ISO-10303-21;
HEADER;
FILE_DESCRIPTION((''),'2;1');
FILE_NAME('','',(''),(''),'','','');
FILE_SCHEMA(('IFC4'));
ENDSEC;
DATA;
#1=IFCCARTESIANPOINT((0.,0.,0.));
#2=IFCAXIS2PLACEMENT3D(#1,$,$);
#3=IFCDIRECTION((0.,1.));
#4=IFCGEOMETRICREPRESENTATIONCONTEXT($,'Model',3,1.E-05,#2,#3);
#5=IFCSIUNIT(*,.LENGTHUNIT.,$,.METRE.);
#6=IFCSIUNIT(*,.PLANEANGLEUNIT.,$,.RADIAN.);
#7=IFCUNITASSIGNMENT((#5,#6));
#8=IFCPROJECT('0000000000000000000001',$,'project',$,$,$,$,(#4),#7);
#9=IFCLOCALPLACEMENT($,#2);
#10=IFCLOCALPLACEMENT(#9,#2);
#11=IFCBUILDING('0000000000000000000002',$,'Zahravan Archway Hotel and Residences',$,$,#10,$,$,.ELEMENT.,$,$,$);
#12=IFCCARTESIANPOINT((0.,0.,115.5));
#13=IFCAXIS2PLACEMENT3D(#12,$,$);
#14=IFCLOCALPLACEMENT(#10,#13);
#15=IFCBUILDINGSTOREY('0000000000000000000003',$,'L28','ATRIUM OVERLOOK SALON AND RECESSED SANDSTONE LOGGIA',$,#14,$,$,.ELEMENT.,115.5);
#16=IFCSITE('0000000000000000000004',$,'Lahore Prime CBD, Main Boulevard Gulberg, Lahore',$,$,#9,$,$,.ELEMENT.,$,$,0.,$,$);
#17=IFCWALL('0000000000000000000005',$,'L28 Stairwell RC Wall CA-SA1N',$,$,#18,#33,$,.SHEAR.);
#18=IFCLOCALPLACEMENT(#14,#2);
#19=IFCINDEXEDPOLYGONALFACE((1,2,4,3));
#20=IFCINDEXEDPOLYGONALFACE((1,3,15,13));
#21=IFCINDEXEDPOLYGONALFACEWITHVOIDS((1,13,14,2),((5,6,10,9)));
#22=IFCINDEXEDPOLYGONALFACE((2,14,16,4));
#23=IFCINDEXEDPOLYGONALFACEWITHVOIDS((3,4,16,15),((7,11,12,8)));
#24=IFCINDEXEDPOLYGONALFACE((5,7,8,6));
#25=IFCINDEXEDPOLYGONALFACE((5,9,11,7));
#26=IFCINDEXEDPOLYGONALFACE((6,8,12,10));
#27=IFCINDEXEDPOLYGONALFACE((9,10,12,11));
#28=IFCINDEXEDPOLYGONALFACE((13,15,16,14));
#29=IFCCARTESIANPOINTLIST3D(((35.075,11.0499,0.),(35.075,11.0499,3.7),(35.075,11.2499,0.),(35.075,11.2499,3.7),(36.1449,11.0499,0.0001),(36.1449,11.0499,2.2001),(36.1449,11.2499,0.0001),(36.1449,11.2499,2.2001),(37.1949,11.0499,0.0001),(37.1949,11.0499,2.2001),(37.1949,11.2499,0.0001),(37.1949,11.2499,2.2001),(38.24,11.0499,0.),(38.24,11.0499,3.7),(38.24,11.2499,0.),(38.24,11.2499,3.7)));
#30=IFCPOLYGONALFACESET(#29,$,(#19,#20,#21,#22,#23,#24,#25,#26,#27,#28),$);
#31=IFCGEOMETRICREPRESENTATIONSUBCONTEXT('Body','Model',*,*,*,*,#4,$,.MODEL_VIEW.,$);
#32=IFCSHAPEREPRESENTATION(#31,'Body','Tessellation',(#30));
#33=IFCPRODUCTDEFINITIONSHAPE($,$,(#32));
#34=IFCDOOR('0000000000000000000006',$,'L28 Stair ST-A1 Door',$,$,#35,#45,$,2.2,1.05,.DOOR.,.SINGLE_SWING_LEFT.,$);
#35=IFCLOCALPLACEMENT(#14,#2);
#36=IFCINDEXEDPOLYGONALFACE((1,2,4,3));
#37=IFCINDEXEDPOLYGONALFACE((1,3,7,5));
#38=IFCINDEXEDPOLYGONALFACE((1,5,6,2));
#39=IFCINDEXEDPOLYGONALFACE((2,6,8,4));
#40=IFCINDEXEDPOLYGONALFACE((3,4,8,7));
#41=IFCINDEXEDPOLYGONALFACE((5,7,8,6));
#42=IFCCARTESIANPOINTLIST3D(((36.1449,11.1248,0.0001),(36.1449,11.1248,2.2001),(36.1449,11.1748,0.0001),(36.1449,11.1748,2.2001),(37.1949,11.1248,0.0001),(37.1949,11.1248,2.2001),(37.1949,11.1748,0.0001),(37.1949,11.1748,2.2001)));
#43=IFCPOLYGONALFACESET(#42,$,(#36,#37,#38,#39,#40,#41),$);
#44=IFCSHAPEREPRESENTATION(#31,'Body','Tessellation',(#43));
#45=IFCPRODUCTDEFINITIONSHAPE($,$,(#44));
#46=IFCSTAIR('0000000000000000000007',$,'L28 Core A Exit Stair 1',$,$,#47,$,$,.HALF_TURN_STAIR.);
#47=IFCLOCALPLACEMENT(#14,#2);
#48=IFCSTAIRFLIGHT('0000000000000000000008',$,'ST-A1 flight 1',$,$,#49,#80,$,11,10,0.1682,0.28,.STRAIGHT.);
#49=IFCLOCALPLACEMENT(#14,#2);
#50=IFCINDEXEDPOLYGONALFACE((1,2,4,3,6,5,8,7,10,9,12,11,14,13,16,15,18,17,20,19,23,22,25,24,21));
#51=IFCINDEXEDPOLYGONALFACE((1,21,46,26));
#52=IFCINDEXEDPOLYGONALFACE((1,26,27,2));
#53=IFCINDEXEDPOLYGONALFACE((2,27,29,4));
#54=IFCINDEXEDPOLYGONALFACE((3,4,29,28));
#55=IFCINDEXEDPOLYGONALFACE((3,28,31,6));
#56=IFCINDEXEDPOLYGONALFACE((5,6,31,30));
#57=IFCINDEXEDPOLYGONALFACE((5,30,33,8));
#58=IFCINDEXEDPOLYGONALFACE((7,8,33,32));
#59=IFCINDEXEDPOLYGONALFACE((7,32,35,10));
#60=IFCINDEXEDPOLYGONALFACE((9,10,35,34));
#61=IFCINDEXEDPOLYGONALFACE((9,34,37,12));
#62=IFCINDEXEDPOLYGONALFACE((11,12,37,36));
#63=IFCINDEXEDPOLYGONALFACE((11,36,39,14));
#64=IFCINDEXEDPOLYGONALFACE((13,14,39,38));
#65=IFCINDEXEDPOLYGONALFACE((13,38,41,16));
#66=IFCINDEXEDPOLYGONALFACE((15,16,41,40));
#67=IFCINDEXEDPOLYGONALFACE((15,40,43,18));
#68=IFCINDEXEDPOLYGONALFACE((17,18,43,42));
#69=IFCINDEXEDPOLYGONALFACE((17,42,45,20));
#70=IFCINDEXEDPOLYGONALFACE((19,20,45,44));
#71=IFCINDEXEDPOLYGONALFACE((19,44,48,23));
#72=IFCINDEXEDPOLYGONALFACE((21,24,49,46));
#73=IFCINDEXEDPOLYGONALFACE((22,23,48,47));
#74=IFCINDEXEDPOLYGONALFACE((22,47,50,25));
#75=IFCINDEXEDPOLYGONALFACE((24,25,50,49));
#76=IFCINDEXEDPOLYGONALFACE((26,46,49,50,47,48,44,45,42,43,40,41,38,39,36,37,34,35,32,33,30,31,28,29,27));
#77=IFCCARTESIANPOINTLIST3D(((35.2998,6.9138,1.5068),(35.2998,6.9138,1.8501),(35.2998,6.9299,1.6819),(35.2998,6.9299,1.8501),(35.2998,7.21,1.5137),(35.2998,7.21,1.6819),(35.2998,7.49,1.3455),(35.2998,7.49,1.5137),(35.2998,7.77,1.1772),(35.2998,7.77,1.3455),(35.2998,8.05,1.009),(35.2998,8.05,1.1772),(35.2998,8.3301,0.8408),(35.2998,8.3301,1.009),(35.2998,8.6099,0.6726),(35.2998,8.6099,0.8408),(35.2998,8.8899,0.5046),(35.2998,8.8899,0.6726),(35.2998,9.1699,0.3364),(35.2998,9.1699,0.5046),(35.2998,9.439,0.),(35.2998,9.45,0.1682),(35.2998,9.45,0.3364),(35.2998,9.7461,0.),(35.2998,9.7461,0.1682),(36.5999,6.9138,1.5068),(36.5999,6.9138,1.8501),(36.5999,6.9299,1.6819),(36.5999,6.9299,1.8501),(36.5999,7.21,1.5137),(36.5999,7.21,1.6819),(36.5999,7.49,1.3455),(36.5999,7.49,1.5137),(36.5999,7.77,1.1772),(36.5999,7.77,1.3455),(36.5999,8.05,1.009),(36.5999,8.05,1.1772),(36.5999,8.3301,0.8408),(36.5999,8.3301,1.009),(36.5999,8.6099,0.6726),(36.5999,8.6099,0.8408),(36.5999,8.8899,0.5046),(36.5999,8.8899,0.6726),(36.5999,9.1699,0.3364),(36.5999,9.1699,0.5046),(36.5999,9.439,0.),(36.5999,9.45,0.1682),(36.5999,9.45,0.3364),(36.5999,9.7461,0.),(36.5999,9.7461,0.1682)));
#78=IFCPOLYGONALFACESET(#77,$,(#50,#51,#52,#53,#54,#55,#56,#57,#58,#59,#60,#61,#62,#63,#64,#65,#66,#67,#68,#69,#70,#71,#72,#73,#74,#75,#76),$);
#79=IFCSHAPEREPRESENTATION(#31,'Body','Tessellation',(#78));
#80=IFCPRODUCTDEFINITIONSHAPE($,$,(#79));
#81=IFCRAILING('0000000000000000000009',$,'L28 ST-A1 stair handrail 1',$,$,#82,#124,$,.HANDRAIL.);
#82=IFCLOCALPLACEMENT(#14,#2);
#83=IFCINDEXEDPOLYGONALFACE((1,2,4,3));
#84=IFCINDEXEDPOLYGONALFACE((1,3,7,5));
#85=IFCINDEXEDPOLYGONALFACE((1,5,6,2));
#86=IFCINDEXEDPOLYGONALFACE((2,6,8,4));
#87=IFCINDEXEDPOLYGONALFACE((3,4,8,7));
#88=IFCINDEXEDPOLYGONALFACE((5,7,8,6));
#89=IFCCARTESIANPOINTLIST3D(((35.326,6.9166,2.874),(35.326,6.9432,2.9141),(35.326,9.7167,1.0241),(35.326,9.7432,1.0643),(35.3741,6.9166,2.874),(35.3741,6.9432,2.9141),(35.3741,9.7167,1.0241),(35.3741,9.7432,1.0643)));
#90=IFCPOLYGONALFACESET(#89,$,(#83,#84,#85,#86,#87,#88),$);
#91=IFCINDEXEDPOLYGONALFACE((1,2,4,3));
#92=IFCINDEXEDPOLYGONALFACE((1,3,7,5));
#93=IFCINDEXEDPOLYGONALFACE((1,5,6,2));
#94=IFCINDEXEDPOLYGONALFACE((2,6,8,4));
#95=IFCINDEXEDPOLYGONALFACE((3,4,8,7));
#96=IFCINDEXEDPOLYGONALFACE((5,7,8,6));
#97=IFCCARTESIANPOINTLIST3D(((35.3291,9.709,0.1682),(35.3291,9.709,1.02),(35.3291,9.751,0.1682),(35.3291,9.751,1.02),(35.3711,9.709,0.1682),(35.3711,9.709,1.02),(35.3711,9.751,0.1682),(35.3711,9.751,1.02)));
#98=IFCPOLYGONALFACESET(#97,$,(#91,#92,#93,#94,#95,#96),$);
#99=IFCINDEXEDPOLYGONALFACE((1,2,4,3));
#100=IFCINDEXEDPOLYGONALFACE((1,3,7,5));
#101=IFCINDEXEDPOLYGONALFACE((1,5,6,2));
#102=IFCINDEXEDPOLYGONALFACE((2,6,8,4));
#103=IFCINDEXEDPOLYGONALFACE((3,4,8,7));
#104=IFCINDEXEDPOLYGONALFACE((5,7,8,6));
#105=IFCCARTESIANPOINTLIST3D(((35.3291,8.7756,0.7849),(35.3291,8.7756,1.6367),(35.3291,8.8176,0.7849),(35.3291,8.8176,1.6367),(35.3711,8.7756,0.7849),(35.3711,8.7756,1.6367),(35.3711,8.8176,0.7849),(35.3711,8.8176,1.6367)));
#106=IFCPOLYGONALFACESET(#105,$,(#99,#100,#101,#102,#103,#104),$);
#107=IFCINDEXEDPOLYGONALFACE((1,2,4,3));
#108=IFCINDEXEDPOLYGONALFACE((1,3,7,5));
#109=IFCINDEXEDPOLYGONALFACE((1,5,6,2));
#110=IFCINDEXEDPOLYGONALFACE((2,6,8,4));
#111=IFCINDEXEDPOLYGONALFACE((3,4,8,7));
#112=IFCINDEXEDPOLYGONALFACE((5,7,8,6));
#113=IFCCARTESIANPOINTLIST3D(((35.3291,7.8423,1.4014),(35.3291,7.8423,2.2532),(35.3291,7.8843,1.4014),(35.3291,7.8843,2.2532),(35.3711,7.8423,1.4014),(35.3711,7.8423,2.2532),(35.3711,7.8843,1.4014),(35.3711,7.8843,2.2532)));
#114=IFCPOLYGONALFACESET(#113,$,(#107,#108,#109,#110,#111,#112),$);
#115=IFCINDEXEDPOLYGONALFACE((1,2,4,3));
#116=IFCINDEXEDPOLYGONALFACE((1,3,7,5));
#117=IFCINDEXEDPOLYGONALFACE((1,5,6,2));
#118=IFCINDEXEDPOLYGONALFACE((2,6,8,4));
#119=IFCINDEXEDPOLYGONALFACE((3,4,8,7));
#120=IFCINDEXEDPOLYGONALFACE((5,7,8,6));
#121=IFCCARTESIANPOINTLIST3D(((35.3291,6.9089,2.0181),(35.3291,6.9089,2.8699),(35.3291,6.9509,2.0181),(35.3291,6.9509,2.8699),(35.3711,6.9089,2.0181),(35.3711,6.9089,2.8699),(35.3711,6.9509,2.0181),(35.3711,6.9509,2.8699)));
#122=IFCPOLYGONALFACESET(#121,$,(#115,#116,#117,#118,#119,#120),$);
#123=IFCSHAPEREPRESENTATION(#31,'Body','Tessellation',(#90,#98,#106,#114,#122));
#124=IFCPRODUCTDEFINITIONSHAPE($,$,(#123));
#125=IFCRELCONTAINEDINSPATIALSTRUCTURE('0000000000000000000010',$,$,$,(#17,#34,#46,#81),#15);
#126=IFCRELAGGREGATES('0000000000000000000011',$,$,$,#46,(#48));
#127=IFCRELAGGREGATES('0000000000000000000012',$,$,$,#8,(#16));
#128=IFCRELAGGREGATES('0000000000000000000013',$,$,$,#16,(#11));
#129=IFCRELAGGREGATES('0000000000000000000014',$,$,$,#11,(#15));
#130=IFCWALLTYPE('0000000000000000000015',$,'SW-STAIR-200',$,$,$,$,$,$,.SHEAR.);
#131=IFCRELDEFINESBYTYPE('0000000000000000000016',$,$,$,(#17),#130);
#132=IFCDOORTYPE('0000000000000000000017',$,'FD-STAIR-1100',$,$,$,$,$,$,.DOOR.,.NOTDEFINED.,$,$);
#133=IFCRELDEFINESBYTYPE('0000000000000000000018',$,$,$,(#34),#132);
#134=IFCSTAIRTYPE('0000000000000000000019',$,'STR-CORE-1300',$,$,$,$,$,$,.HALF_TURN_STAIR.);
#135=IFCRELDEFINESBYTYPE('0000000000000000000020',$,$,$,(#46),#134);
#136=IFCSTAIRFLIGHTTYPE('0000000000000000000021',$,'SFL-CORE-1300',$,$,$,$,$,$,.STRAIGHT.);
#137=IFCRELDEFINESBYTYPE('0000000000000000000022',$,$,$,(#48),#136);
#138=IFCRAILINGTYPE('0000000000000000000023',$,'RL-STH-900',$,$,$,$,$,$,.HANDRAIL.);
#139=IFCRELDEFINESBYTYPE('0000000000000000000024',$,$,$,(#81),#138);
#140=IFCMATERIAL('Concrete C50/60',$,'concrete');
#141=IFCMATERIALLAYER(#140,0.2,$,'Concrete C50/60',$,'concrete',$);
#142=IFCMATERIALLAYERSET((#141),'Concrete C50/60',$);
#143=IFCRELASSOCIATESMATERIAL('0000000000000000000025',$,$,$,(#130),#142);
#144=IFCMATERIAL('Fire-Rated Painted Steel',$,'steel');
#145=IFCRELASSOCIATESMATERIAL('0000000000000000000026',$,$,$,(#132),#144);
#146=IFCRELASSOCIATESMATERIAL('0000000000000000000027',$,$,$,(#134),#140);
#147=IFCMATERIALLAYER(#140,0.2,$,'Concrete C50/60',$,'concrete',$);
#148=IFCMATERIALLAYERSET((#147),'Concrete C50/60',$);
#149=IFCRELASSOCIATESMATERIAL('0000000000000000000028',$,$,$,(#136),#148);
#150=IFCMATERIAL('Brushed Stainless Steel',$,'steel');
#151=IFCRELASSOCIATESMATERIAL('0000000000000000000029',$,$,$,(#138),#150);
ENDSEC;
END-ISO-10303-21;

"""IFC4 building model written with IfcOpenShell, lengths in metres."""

from ifc_helpers import new_model, si_unit, direction, frame, frame_2d, origin, origin_2d, place, context, subcontext, project, spatial, polyline, rectangle, outline, extrude, source, transform, mapped, material, layer, layer_set, type_object, type_shapes, element, fill, aggregate, save


model = new_model("IFC4")

# Units and contexts
model_context = context("Model", 3, precision=1e-05, world=origin(), true_north=direction((0.0, 1.0)))
body_context = subcontext(model_context, "Body", "Model", "MODEL_VIEW")
ifc_project = project(units=[si_unit("LENGTHUNIT", "METRE"), si_unit("PLANEANGLEUNIT", "RADIAN")], contexts=[model_context])

# Site, building, storey
site_placement = place(None, origin())
site = spatial("IfcSite", under=ifc_project, at=site_placement, Name="Lahore Prime CBD, Main Boulevard Gulberg, Lahore", CompositionType="ELEMENT", RefElevation=0.0)
building_placement = place(site_placement, origin())
building = spatial("IfcBuilding", under=site, at=building_placement, Name="Zahravan Archway Hotel and Residences", CompositionType="ELEMENT")
storey_placement = place(building_placement, frame((0.0, 0.0, 115.5)))
storey = spatial("IfcBuildingStorey", under=building, at=storey_placement, Name="L28", Description="ATRIUM OVERLOOK SALON AND RECESSED SANDSTONE LOGGIA", CompositionType="ELEMENT", Elevation=115.5)

# Shared definitions
ifc_material_1 = material(Name="Concrete C50/60", Category="concrete")
ifc_layer_1 = layer(ifc_material_1, 0.2, Name="Concrete C50/60", Category="concrete")
ifc_layer_set_1 = layer_set([ifc_layer_1], Name="Concrete C50/60")
wall_type_1 = type_object("IfcWallType", Name="SW-STAIR-200", PredefinedType="SHEAR", material=ifc_layer_set_1)

# Wall, opening, door
wall_1_placement = place(storey_placement, frame((35.075, 11.1499, 0.0), z_axis=(0.0, 0.0, 1.0), x_axis=(1.0, 0.0, 0.0)))
wall_1 = element("IfcWall", 1, at=wall_1_placement, inside=storey, type_object=wall_type_1, Name="L28 Stairwell RC Wall CA-SA1N", PredefinedType="SHEAR", context=body_context, shape_type="SweptSolid", body=[
    extrude(rectangle(XDim=3.165, YDim=0.2, at=frame_2d((1.5825, 0.0))), origin(), (0.0, 0.0, 1.0), 3.7),
])
opening_1_placement = place(wall_1_placement, frame((1.0701, 0.0, 0.0)))
opening_1 = element("IfcOpeningElement", 2, at=opening_1_placement, cuts=wall_1, PredefinedType="OPENING", context=body_context, shape_type="SweptSolid", body=[
    extrude(rectangle(XDim=1.05, YDim=2.2, at=frame_2d((0.5249, 1.1001))), frame((0.0, 0.1099, 0.0), z_axis=(0.0, -1.0, 0.0), x_axis=(1.0, 0.0, 0.0)), (0.0, 0.0, 1.0), 0.22),
])
ifc_material_2 = material(Name="Fire-Rated Painted Steel", Category="steel")
door_type_1 = type_object("IfcDoorType", Name="FD-STAIR-1100", OperationType="NOTDEFINED", PredefinedType="DOOR", material=ifc_material_2)
shared_shape_1 = source(origin(), body_context, "Body", "SweptSolid", [
    extrude(rectangle(XDim=1.05, YDim=2.2, at=frame_2d((0.5249, 1.1001))), frame((0.0, 0.0249, 0.0), z_axis=(0.0, -1.0, 0.0), x_axis=(1.0, 0.0, 0.0)), (0.0, 0.0, 1.0), 0.05),
])
type_shapes(door_type_1, [shared_shape_1])
door_1_placement = place(opening_1_placement, origin())
door_1 = element("IfcDoor", 3, at=door_1_placement, inside=storey, type_object=door_type_1, Name="L28 Stair ST-A1 Door", OperationType="SINGLE_SWING_LEFT", OverallHeight=2.2, OverallWidth=1.05, PredefinedType="DOOR", context=body_context, shape_type="MappedRepresentation", body=[
    mapped(shared_shape_1, transform((0.0, 0.0, 0.0), scale=1.0)),
])
fill(opening_1, door_1)

# Stair, stair flight
stair_type = type_object("IfcStairType", Name="STR-CORE-1300", PredefinedType="HALF_TURN_STAIR", material=ifc_material_1)
stair_placement = place(storey_placement, origin())
stair = element("IfcStair", 4, at=stair_placement, inside=storey, type_object=stair_type, Name="L28 Core A Exit Stair 1", PredefinedType="HALF_TURN_STAIR")
ifc_layer_2 = layer(ifc_material_1, 0.2, Name="Concrete C50/60", Category="concrete")
ifc_layer_set_2 = layer_set([ifc_layer_2], Name="Concrete C50/60")
stair_flight_type = type_object("IfcStairFlightType", Name="SFL-CORE-1300", PredefinedType="STRAIGHT", material=ifc_layer_set_2)
shared_shape_2 = source(origin(), body_context, "Body", "SweptSolid", [
    extrude(outline(polyline([(-0.0161, 0.0), (-0.0161, 0.1682), (0.28, 0.1682), (0.28, 0.3364), (0.5601, 0.3364), (0.5601, 0.5046), (0.8401, 0.5046), (0.8401, 0.6726), (1.1201, 0.6726), (1.1201, 0.8408), (1.3999, 0.8408), (1.3999, 1.009), (1.6799, 1.009), (1.6799, 1.1772), (1.96, 1.1772), (1.96, 1.3455), (2.24, 1.3455), (2.24, 1.5137), (2.52, 1.5137), (2.52, 1.6819), (2.8, 1.6819), (2.8, 1.8501), (2.8162, 1.8501), (2.8162, 1.5068), (0.291, 0.0), (-0.0161, 0.0)])), frame((0.0, 0.6499, 0.0), z_axis=(0.0, -1.0, 0.0), x_axis=(1.0, 0.0, 0.0)), (0.0, 0.0, 1.0), 1.3),
])
stair_flight_placement = place(storey_placement, frame((35.95, 9.73, 0.0), z_axis=(0.0, 0.0, 1.0), x_axis=(0.0, -1.0, 0.0)))
stair_flight = element("IfcStairFlight", 5, at=stair_flight_placement, type_object=stair_flight_type, Name="ST-A1 flight 1", NumberOfRisers=11, NumberOfTreads=10, PredefinedType="STRAIGHT", RiserHeight=0.1682, TreadLength=0.28, context=body_context, shape_type="MappedRepresentation", body=[
    mapped(shared_shape_2, transform((0.0, 0.0, 0.0), scale=1.0)),
])
aggregate(stair, [stair_flight])

# Railing
ifc_material_3 = material(Name="Brushed Stainless Steel", Category="steel")
railing_type = type_object("IfcRailingType", Name="RL-STH-900", PredefinedType="HANDRAIL", material=ifc_material_3)
railing_placement = place(storey_placement, frame((35.3501, 9.73, 0.1682)))
element("IfcRailing", 6, at=railing_placement, inside=storey, type_object=railing_type, Name="L28 ST-A1 stair handrail 1", PredefinedType="HANDRAIL", context=body_context, shape_type="SweptSolid", body=[
    extrude(rectangle(XDim=0.0481, YDim=0.0481, at=origin_2d()), frame((0.0, 0.0, 0.876), z_axis=(0.0, -0.83436, 0.55122), x_axis=(1.0, 0.0, 0.0)), (0.0, 0.0, 1.0), 3.356),
    extrude(rectangle(XDim=0.042, YDim=0.042, at=origin_2d()), origin(), (0.0, 0.0, 1.0), 0.8518),
    extrude(rectangle(XDim=0.042, YDim=0.042, at=origin_2d()), frame((0.0, -0.9333, 0.6167)), (0.0, 0.0, 1.0), 0.8518),
    extrude(rectangle(XDim=0.042, YDim=0.042, at=origin_2d()), frame((0.0, -1.8667, 1.2332)), (0.0, 0.0, 1.0), 0.8518),
    extrude(rectangle(XDim=0.042, YDim=0.042, at=origin_2d()), frame((0.0, -2.8, 1.8499)), (0.0, 0.0, 1.0), 0.8518),
])

save(model, "model.ifc")
